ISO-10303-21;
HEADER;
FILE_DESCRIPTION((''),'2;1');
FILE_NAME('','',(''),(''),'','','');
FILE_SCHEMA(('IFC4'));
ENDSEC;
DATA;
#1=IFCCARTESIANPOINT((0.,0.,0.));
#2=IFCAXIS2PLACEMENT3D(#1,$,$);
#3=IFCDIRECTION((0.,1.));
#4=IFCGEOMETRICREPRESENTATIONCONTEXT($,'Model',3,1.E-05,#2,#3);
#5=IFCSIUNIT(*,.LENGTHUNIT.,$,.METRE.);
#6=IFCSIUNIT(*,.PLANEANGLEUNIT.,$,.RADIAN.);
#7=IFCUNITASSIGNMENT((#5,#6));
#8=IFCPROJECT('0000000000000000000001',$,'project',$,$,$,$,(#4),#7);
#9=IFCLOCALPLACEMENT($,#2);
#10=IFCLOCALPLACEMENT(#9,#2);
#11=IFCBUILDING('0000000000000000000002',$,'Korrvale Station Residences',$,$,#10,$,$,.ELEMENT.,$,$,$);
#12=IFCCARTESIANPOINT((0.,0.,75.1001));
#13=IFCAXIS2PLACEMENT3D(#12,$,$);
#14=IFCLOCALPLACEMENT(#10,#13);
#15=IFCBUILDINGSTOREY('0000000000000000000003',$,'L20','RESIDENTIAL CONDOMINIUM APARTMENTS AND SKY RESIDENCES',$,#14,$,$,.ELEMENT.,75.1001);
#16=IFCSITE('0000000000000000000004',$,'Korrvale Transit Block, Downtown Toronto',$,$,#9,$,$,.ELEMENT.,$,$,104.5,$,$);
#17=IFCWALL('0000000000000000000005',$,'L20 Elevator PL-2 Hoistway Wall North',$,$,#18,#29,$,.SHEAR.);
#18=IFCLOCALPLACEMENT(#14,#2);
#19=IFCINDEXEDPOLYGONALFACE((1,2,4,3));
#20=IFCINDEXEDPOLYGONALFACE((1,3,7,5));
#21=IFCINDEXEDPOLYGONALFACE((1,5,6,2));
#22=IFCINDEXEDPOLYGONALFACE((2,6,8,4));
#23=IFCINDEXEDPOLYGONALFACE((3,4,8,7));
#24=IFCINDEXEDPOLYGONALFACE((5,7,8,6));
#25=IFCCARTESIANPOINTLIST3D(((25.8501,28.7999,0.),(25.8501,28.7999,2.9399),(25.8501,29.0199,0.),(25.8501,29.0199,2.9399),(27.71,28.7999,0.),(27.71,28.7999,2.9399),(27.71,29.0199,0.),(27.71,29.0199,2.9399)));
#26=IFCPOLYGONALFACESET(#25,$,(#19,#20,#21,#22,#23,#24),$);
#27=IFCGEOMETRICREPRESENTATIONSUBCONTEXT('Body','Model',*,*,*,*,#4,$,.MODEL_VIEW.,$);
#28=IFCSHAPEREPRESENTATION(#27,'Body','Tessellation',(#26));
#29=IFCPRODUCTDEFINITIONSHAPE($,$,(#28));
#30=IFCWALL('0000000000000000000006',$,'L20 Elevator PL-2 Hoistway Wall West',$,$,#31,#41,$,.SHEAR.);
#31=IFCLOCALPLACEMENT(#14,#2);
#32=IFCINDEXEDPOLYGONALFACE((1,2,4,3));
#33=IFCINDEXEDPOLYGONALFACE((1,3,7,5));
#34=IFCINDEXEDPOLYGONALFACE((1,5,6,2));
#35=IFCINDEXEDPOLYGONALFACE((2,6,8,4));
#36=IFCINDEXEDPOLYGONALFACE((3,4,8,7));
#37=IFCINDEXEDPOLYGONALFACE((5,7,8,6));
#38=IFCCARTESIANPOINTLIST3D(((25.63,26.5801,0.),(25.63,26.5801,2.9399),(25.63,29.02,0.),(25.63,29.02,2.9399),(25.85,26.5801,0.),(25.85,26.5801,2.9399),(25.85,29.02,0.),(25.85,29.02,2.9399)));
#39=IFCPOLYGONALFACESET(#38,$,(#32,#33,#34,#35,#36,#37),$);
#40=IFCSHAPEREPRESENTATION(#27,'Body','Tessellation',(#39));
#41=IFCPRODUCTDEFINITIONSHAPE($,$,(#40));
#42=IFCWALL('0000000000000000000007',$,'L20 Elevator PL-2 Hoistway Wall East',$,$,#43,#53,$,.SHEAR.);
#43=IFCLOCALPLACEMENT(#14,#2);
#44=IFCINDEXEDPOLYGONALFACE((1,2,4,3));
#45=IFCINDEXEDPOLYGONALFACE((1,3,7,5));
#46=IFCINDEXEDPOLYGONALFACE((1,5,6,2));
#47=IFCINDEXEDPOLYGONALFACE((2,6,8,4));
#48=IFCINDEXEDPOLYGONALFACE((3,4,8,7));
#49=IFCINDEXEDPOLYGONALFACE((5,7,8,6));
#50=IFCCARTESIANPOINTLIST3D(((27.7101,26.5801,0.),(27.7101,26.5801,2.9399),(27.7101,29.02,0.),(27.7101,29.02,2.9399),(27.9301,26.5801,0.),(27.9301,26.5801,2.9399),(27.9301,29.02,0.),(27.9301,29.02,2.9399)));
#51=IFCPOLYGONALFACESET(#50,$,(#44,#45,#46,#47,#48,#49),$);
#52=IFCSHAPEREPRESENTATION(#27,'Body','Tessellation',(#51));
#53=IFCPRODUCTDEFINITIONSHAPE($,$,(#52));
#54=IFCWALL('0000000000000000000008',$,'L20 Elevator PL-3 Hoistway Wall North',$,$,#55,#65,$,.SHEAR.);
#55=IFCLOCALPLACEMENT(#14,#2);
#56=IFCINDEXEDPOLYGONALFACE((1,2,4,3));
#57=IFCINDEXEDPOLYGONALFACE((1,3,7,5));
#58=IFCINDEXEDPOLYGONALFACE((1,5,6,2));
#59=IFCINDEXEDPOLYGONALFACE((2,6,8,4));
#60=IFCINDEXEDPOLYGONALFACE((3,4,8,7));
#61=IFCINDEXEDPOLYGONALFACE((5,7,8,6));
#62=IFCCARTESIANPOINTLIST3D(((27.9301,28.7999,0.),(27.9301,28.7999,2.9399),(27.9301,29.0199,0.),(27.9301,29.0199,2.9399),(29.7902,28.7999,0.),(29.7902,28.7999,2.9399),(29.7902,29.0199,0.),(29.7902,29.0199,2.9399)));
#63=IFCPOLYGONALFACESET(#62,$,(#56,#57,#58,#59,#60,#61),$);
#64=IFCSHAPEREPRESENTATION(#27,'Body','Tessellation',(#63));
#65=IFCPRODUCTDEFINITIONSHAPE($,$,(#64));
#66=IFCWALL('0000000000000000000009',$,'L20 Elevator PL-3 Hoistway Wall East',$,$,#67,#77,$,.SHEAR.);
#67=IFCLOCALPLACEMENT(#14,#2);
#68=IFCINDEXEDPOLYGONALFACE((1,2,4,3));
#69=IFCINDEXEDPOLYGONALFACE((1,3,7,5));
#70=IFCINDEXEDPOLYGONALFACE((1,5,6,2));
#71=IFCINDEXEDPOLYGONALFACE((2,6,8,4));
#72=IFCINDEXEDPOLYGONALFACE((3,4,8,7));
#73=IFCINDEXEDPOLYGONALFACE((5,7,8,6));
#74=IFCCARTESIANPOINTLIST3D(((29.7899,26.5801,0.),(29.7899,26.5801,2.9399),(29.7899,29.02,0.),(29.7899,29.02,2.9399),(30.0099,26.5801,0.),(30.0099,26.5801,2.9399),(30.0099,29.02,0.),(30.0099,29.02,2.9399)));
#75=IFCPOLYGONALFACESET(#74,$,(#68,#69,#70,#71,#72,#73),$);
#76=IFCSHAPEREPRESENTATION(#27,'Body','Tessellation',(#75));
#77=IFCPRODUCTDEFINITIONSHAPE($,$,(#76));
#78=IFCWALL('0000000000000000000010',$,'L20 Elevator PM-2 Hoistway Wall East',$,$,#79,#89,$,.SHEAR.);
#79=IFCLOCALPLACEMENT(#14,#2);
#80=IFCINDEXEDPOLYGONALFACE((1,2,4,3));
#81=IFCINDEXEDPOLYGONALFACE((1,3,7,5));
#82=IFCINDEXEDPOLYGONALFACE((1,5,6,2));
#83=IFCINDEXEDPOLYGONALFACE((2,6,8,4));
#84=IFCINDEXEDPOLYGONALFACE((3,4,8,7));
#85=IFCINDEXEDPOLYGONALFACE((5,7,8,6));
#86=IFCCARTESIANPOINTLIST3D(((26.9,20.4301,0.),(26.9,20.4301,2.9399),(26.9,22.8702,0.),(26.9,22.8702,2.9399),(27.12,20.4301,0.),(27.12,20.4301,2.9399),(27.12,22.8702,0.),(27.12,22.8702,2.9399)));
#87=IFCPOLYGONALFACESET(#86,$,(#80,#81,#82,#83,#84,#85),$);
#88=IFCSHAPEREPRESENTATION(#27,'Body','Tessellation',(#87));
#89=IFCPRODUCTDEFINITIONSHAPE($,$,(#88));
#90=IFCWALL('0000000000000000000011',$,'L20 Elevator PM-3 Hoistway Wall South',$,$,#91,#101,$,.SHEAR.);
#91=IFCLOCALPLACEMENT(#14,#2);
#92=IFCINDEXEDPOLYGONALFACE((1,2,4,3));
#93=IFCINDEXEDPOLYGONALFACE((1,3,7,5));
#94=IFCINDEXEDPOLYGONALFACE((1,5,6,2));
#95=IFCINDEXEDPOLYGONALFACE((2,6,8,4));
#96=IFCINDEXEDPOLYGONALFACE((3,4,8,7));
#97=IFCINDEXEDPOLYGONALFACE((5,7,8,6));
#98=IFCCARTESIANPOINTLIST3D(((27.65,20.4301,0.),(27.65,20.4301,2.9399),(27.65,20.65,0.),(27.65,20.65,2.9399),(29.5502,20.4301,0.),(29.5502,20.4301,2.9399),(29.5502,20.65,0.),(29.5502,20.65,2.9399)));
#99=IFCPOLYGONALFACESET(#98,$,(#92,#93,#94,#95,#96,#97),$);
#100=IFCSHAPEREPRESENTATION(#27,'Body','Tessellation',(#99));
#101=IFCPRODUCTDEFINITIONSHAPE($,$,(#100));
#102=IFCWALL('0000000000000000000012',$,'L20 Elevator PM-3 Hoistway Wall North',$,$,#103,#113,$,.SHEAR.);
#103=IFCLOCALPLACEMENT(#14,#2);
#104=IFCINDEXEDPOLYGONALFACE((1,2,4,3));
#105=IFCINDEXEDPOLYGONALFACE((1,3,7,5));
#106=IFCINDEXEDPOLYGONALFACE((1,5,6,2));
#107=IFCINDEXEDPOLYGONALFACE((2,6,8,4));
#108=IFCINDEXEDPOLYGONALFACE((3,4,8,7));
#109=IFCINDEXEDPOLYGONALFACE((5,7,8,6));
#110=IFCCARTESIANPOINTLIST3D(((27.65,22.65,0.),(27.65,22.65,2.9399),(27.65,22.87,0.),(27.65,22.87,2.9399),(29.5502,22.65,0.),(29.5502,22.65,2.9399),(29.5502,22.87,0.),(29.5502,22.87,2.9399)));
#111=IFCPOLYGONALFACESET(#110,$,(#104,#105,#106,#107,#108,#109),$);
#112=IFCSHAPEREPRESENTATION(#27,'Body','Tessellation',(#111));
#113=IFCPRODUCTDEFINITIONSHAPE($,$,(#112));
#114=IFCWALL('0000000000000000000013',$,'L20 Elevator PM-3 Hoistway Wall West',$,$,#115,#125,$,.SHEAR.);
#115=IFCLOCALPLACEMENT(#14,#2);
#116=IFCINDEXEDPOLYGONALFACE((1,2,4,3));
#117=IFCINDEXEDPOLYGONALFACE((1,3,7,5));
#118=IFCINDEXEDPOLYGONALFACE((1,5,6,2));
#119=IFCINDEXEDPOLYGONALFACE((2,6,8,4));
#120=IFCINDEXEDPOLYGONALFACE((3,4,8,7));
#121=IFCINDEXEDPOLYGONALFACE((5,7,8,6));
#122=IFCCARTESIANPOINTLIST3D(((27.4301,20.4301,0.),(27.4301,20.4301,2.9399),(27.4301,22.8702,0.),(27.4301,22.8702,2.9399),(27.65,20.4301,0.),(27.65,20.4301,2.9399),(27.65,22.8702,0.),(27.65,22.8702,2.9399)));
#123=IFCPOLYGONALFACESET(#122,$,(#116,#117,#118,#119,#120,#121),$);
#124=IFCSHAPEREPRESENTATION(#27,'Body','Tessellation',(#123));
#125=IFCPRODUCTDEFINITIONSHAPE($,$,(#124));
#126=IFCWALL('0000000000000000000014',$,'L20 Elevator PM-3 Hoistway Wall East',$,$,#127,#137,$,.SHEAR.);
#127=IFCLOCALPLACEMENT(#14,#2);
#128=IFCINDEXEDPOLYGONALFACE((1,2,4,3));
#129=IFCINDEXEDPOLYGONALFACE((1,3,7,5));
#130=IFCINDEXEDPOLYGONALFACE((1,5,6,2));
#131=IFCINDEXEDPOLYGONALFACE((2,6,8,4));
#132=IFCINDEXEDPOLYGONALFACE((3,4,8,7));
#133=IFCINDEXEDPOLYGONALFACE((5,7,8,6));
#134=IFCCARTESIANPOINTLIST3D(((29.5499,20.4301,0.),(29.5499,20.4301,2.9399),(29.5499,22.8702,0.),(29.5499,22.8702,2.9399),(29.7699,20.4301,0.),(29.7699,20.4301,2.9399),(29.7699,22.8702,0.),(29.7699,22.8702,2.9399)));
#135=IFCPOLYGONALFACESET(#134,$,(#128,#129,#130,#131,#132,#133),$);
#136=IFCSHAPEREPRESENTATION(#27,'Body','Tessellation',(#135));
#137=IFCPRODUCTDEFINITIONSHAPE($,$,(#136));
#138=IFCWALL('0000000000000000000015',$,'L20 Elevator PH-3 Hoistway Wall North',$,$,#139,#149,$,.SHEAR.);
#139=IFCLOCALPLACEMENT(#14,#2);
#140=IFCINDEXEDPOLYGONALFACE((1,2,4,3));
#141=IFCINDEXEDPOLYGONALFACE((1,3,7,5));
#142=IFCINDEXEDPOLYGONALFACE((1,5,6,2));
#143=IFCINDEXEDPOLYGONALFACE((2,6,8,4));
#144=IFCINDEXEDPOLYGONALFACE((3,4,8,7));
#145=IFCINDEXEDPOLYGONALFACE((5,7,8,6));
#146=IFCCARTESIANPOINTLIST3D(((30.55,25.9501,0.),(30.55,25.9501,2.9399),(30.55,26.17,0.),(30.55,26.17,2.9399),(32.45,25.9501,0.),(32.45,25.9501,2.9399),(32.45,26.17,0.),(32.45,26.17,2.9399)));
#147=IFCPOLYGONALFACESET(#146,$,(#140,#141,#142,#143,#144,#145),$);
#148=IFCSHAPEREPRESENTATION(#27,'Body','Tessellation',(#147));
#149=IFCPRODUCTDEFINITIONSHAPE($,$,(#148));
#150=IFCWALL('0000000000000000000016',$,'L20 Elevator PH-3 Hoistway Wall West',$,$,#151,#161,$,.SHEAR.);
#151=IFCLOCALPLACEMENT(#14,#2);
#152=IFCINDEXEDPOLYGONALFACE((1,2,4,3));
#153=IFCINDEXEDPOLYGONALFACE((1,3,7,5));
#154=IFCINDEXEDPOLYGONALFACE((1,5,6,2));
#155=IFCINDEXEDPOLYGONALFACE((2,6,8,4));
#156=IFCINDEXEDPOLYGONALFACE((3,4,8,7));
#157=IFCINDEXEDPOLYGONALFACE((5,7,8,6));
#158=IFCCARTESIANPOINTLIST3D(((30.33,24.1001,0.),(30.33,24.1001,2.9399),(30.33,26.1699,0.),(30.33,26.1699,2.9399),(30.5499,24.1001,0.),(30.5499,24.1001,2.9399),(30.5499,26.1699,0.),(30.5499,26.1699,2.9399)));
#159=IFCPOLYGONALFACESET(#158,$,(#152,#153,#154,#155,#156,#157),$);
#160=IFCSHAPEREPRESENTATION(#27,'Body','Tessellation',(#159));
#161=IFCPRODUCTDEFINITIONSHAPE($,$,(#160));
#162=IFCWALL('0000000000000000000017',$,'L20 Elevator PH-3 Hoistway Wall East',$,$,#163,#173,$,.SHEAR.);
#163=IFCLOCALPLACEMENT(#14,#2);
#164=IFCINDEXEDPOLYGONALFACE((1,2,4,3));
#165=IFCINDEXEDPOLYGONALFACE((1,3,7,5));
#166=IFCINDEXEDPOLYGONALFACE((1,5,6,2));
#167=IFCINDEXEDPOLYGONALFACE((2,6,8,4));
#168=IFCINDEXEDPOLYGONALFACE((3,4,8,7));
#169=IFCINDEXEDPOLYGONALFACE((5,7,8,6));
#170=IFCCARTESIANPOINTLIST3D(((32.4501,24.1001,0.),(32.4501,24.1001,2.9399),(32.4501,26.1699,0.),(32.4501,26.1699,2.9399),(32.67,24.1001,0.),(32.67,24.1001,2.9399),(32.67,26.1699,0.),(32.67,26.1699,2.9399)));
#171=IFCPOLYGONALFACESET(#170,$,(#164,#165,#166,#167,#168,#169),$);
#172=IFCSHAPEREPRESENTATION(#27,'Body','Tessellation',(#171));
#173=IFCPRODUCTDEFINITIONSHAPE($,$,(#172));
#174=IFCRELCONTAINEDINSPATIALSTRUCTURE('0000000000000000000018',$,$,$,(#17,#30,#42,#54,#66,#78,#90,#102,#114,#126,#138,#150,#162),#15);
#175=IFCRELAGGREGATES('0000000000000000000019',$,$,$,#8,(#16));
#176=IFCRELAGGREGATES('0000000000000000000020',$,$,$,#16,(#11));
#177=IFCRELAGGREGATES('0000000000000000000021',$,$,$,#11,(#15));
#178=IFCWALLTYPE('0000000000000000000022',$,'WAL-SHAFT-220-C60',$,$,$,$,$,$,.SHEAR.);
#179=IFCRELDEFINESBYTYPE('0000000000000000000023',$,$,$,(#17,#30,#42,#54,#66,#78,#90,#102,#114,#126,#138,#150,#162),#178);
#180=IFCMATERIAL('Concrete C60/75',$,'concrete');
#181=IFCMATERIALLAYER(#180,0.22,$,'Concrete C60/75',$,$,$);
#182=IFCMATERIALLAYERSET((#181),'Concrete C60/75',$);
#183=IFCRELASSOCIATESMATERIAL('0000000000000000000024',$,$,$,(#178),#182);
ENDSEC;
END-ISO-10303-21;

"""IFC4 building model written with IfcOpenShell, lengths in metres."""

from ifc_helpers import new_model, si_unit, direction, frame, frame_2d, origin, place, context, subcontext, project, spatial, rectangle, extrude, material, layer, layer_set, type_object, element, save


model = new_model("IFC4")

# Units and contexts
model_context = context("Model", 3, precision=1e-05, world=origin(), true_north=direction((0.0, 1.0)))
body_context = subcontext(model_context, "Body", "Model", "MODEL_VIEW")
ifc_project = project(units=[si_unit("LENGTHUNIT", "METRE"), si_unit("PLANEANGLEUNIT", "RADIAN")], contexts=[model_context])

# Site, building, storey
site_placement = place(None, origin())
site = spatial("IfcSite", under=ifc_project, at=site_placement, Name="Korrvale Transit Block, Downtown Toronto", CompositionType="ELEMENT", RefElevation=104.5)
building_placement = place(site_placement, origin())
building = spatial("IfcBuilding", under=site, at=building_placement, Name="Korrvale Station Residences", CompositionType="ELEMENT")
storey_placement = place(building_placement, frame((0.0, 0.0, 75.1001)))
storey = spatial("IfcBuildingStorey", under=building, at=storey_placement, Name="L20", Description="RESIDENTIAL CONDOMINIUM APARTMENTS AND SKY RESIDENCES", CompositionType="ELEMENT", Elevation=75.1001)

# Shared definitions
ifc_material_1 = material(Name="Concrete C60/75", Category="concrete")

# Shared definitions
ifc_layer_1 = layer(ifc_material_1, 0.22, Name="Concrete C60/75")
ifc_layer_set_1 = layer_set([ifc_layer_1], Name="Concrete C60/75")
wall_type_1 = type_object("IfcWallType", Name="WAL-SHAFT-220-C60", PredefinedType="SHEAR", material=ifc_layer_set_1)

# Walls
wall_1_placement = place(storey_placement, frame((25.8501, 28.9099, 0.0), z_axis=(0.0, 0.0, 1.0), x_axis=(1.0, 0.0, 0.0)))
element("IfcWall", 1, at=wall_1_placement, inside=storey, type_object=wall_type_1, Name="L20 Elevator PL-2 Hoistway Wall North", PredefinedType="SHEAR", context=body_context, shape_type="SweptSolid", body=[
    extrude(rectangle(XDim=1.8599, YDim=0.22, at=frame_2d((0.9299, 0.0))), origin(), (0.0, 0.0, 1.0), 2.9399),
])
for number, where, z_axis, x_axis, name in (
    (2, (25.74, 26.5801, 0.0), (0.0, 0.0, 1.0), (0.0, 1.0, 0.0), "L20 Elevator PL-2 Hoistway Wall West"),
    (3, (27.8201, 26.5801, 0.0), (0.0, 0.0, 1.0), (0.0, 1.0, 0.0), "L20 Elevator PL-2 Hoistway Wall East"),
):
    element("IfcWall", number, at=place(storey_placement, frame(where, z_axis=z_axis, x_axis=x_axis)), inside=storey, type_object=wall_type_1, Name=name, PredefinedType="SHEAR", context=body_context, shape_type="SweptSolid", body=[
        extrude(rectangle(XDim=2.4399, YDim=0.22, at=frame_2d((1.22, 0.0))), origin(), (0.0, 0.0, 1.0), 2.9399),
    ])

# Walls
wall_2_placement = place(storey_placement, frame((27.9299, 28.9099, 0.0), z_axis=(0.0, 0.0, 1.0), x_axis=(1.0, 0.0, 0.0)))
element("IfcWall", 4, at=wall_2_placement, inside=storey, type_object=wall_type_1, Name="L20 Elevator PL-3 Hoistway Wall North", PredefinedType="SHEAR", context=body_context, shape_type="SweptSolid", body=[
    extrude(rectangle(XDim=1.8601, YDim=0.22, at=frame_2d((0.9302, 0.0))), origin(), (0.0, 0.0, 1.0), 2.9399),
])
wall_3_placement = place(storey_placement, frame((29.8999, 26.5801, 0.0), z_axis=(0.0, 0.0, 1.0), x_axis=(0.0, 1.0, 0.0)))
element("IfcWall", 5, at=wall_3_placement, inside=storey, type_object=wall_type_1, Name="L20 Elevator PL-3 Hoistway Wall East", PredefinedType="SHEAR", context=body_context, shape_type="SweptSolid", body=[
    extrude(rectangle(XDim=2.4399, YDim=0.22, at=frame_2d((1.22, 0.0))), origin(), (0.0, 0.0, 1.0), 2.9399),
])
wall_4_placement = place(storey_placement, frame((27.01, 20.4299, 0.0), z_axis=(0.0, 0.0, 1.0), x_axis=(0.0, 1.0, 0.0)))
element("IfcWall", 6, at=wall_4_placement, inside=storey, type_object=wall_type_1, Name="L20 Elevator PM-2 Hoistway Wall East", PredefinedType="SHEAR", context=body_context, shape_type="SweptSolid", body=[
    extrude(rectangle(XDim=2.4402, YDim=0.22, at=frame_2d((1.2202, 0.0))), origin(), (0.0, 0.0, 1.0), 2.9399),
])
for number, where, z_axis, x_axis, name in (
    (7, (27.6499, 20.54, 0.0), (0.0, 0.0, 1.0), (1.0, 0.0, 0.0), "L20 Elevator PM-3 Hoistway Wall South"),
    (8, (27.6499, 22.76, 0.0), (0.0, 0.0, 1.0), (1.0, 0.0, 0.0), "L20 Elevator PM-3 Hoistway Wall North"),
):
    element("IfcWall", number, at=place(storey_placement, frame(where, z_axis=z_axis, x_axis=x_axis)), inside=storey, type_object=wall_type_1, Name=name, PredefinedType="SHEAR", context=body_context, shape_type="SweptSolid", body=[
        extrude(rectangle(XDim=1.9001, YDim=0.22, at=frame_2d((0.9502, 0.0))), origin(), (0.0, 0.0, 1.0), 2.9399),
    ])
for number, where, z_axis, x_axis, name in (
    (9, (27.54, 20.4299, 0.0), (0.0, 0.0, 1.0), (0.0, 1.0, 0.0), "L20 Elevator PM-3 Hoistway Wall West"),
    (10, (29.6599, 20.4299, 0.0), (0.0, 0.0, 1.0), (0.0, 1.0, 0.0), "L20 Elevator PM-3 Hoistway Wall East"),
):
    element("IfcWall", number, at=place(storey_placement, frame(where, z_axis=z_axis, x_axis=x_axis)), inside=storey, type_object=wall_type_1, Name=name, PredefinedType="SHEAR", context=body_context, shape_type="SweptSolid", body=[
        extrude(rectangle(XDim=2.4402, YDim=0.22, at=frame_2d((1.2202, 0.0))), origin(), (0.0, 0.0, 1.0), 2.9399),
    ])
wall_5_placement = place(storey_placement, frame((30.55, 26.0601, 0.0), z_axis=(0.0, 0.0, 1.0), x_axis=(1.0, 0.0, 0.0)))
element("IfcWall", 11, at=wall_5_placement, inside=storey, type_object=wall_type_1, Name="L20 Elevator PH-3 Hoistway Wall North", PredefinedType="SHEAR", context=body_context, shape_type="SweptSolid", body=[
    extrude(rectangle(XDim=1.8999, YDim=0.22, at=frame_2d((0.95, 0.0))), origin(), (0.0, 0.0, 1.0), 2.9399),
])
for number, where, z_axis, x_axis, name in (
    (12, (30.4399, 24.1001, 0.0), (0.0, 0.0, 1.0), (0.0, 1.0, 0.0), "L20 Elevator PH-3 Hoistway Wall West"),
    (13, (32.5601, 24.1001, 0.0), (0.0, 0.0, 1.0), (0.0, 1.0, 0.0), "L20 Elevator PH-3 Hoistway Wall East"),
):
    element("IfcWall", number, at=place(storey_placement, frame(where, z_axis=z_axis, x_axis=x_axis)), inside=storey, type_object=wall_type_1, Name=name, PredefinedType="SHEAR", context=body_context, shape_type="SweptSolid", body=[
        extrude(rectangle(XDim=2.0698, YDim=0.22, at=frame_2d((1.0349, 0.0))), origin(), (0.0, 0.0, 1.0), 2.9399),
    ])

save(model, "model.ifc")
